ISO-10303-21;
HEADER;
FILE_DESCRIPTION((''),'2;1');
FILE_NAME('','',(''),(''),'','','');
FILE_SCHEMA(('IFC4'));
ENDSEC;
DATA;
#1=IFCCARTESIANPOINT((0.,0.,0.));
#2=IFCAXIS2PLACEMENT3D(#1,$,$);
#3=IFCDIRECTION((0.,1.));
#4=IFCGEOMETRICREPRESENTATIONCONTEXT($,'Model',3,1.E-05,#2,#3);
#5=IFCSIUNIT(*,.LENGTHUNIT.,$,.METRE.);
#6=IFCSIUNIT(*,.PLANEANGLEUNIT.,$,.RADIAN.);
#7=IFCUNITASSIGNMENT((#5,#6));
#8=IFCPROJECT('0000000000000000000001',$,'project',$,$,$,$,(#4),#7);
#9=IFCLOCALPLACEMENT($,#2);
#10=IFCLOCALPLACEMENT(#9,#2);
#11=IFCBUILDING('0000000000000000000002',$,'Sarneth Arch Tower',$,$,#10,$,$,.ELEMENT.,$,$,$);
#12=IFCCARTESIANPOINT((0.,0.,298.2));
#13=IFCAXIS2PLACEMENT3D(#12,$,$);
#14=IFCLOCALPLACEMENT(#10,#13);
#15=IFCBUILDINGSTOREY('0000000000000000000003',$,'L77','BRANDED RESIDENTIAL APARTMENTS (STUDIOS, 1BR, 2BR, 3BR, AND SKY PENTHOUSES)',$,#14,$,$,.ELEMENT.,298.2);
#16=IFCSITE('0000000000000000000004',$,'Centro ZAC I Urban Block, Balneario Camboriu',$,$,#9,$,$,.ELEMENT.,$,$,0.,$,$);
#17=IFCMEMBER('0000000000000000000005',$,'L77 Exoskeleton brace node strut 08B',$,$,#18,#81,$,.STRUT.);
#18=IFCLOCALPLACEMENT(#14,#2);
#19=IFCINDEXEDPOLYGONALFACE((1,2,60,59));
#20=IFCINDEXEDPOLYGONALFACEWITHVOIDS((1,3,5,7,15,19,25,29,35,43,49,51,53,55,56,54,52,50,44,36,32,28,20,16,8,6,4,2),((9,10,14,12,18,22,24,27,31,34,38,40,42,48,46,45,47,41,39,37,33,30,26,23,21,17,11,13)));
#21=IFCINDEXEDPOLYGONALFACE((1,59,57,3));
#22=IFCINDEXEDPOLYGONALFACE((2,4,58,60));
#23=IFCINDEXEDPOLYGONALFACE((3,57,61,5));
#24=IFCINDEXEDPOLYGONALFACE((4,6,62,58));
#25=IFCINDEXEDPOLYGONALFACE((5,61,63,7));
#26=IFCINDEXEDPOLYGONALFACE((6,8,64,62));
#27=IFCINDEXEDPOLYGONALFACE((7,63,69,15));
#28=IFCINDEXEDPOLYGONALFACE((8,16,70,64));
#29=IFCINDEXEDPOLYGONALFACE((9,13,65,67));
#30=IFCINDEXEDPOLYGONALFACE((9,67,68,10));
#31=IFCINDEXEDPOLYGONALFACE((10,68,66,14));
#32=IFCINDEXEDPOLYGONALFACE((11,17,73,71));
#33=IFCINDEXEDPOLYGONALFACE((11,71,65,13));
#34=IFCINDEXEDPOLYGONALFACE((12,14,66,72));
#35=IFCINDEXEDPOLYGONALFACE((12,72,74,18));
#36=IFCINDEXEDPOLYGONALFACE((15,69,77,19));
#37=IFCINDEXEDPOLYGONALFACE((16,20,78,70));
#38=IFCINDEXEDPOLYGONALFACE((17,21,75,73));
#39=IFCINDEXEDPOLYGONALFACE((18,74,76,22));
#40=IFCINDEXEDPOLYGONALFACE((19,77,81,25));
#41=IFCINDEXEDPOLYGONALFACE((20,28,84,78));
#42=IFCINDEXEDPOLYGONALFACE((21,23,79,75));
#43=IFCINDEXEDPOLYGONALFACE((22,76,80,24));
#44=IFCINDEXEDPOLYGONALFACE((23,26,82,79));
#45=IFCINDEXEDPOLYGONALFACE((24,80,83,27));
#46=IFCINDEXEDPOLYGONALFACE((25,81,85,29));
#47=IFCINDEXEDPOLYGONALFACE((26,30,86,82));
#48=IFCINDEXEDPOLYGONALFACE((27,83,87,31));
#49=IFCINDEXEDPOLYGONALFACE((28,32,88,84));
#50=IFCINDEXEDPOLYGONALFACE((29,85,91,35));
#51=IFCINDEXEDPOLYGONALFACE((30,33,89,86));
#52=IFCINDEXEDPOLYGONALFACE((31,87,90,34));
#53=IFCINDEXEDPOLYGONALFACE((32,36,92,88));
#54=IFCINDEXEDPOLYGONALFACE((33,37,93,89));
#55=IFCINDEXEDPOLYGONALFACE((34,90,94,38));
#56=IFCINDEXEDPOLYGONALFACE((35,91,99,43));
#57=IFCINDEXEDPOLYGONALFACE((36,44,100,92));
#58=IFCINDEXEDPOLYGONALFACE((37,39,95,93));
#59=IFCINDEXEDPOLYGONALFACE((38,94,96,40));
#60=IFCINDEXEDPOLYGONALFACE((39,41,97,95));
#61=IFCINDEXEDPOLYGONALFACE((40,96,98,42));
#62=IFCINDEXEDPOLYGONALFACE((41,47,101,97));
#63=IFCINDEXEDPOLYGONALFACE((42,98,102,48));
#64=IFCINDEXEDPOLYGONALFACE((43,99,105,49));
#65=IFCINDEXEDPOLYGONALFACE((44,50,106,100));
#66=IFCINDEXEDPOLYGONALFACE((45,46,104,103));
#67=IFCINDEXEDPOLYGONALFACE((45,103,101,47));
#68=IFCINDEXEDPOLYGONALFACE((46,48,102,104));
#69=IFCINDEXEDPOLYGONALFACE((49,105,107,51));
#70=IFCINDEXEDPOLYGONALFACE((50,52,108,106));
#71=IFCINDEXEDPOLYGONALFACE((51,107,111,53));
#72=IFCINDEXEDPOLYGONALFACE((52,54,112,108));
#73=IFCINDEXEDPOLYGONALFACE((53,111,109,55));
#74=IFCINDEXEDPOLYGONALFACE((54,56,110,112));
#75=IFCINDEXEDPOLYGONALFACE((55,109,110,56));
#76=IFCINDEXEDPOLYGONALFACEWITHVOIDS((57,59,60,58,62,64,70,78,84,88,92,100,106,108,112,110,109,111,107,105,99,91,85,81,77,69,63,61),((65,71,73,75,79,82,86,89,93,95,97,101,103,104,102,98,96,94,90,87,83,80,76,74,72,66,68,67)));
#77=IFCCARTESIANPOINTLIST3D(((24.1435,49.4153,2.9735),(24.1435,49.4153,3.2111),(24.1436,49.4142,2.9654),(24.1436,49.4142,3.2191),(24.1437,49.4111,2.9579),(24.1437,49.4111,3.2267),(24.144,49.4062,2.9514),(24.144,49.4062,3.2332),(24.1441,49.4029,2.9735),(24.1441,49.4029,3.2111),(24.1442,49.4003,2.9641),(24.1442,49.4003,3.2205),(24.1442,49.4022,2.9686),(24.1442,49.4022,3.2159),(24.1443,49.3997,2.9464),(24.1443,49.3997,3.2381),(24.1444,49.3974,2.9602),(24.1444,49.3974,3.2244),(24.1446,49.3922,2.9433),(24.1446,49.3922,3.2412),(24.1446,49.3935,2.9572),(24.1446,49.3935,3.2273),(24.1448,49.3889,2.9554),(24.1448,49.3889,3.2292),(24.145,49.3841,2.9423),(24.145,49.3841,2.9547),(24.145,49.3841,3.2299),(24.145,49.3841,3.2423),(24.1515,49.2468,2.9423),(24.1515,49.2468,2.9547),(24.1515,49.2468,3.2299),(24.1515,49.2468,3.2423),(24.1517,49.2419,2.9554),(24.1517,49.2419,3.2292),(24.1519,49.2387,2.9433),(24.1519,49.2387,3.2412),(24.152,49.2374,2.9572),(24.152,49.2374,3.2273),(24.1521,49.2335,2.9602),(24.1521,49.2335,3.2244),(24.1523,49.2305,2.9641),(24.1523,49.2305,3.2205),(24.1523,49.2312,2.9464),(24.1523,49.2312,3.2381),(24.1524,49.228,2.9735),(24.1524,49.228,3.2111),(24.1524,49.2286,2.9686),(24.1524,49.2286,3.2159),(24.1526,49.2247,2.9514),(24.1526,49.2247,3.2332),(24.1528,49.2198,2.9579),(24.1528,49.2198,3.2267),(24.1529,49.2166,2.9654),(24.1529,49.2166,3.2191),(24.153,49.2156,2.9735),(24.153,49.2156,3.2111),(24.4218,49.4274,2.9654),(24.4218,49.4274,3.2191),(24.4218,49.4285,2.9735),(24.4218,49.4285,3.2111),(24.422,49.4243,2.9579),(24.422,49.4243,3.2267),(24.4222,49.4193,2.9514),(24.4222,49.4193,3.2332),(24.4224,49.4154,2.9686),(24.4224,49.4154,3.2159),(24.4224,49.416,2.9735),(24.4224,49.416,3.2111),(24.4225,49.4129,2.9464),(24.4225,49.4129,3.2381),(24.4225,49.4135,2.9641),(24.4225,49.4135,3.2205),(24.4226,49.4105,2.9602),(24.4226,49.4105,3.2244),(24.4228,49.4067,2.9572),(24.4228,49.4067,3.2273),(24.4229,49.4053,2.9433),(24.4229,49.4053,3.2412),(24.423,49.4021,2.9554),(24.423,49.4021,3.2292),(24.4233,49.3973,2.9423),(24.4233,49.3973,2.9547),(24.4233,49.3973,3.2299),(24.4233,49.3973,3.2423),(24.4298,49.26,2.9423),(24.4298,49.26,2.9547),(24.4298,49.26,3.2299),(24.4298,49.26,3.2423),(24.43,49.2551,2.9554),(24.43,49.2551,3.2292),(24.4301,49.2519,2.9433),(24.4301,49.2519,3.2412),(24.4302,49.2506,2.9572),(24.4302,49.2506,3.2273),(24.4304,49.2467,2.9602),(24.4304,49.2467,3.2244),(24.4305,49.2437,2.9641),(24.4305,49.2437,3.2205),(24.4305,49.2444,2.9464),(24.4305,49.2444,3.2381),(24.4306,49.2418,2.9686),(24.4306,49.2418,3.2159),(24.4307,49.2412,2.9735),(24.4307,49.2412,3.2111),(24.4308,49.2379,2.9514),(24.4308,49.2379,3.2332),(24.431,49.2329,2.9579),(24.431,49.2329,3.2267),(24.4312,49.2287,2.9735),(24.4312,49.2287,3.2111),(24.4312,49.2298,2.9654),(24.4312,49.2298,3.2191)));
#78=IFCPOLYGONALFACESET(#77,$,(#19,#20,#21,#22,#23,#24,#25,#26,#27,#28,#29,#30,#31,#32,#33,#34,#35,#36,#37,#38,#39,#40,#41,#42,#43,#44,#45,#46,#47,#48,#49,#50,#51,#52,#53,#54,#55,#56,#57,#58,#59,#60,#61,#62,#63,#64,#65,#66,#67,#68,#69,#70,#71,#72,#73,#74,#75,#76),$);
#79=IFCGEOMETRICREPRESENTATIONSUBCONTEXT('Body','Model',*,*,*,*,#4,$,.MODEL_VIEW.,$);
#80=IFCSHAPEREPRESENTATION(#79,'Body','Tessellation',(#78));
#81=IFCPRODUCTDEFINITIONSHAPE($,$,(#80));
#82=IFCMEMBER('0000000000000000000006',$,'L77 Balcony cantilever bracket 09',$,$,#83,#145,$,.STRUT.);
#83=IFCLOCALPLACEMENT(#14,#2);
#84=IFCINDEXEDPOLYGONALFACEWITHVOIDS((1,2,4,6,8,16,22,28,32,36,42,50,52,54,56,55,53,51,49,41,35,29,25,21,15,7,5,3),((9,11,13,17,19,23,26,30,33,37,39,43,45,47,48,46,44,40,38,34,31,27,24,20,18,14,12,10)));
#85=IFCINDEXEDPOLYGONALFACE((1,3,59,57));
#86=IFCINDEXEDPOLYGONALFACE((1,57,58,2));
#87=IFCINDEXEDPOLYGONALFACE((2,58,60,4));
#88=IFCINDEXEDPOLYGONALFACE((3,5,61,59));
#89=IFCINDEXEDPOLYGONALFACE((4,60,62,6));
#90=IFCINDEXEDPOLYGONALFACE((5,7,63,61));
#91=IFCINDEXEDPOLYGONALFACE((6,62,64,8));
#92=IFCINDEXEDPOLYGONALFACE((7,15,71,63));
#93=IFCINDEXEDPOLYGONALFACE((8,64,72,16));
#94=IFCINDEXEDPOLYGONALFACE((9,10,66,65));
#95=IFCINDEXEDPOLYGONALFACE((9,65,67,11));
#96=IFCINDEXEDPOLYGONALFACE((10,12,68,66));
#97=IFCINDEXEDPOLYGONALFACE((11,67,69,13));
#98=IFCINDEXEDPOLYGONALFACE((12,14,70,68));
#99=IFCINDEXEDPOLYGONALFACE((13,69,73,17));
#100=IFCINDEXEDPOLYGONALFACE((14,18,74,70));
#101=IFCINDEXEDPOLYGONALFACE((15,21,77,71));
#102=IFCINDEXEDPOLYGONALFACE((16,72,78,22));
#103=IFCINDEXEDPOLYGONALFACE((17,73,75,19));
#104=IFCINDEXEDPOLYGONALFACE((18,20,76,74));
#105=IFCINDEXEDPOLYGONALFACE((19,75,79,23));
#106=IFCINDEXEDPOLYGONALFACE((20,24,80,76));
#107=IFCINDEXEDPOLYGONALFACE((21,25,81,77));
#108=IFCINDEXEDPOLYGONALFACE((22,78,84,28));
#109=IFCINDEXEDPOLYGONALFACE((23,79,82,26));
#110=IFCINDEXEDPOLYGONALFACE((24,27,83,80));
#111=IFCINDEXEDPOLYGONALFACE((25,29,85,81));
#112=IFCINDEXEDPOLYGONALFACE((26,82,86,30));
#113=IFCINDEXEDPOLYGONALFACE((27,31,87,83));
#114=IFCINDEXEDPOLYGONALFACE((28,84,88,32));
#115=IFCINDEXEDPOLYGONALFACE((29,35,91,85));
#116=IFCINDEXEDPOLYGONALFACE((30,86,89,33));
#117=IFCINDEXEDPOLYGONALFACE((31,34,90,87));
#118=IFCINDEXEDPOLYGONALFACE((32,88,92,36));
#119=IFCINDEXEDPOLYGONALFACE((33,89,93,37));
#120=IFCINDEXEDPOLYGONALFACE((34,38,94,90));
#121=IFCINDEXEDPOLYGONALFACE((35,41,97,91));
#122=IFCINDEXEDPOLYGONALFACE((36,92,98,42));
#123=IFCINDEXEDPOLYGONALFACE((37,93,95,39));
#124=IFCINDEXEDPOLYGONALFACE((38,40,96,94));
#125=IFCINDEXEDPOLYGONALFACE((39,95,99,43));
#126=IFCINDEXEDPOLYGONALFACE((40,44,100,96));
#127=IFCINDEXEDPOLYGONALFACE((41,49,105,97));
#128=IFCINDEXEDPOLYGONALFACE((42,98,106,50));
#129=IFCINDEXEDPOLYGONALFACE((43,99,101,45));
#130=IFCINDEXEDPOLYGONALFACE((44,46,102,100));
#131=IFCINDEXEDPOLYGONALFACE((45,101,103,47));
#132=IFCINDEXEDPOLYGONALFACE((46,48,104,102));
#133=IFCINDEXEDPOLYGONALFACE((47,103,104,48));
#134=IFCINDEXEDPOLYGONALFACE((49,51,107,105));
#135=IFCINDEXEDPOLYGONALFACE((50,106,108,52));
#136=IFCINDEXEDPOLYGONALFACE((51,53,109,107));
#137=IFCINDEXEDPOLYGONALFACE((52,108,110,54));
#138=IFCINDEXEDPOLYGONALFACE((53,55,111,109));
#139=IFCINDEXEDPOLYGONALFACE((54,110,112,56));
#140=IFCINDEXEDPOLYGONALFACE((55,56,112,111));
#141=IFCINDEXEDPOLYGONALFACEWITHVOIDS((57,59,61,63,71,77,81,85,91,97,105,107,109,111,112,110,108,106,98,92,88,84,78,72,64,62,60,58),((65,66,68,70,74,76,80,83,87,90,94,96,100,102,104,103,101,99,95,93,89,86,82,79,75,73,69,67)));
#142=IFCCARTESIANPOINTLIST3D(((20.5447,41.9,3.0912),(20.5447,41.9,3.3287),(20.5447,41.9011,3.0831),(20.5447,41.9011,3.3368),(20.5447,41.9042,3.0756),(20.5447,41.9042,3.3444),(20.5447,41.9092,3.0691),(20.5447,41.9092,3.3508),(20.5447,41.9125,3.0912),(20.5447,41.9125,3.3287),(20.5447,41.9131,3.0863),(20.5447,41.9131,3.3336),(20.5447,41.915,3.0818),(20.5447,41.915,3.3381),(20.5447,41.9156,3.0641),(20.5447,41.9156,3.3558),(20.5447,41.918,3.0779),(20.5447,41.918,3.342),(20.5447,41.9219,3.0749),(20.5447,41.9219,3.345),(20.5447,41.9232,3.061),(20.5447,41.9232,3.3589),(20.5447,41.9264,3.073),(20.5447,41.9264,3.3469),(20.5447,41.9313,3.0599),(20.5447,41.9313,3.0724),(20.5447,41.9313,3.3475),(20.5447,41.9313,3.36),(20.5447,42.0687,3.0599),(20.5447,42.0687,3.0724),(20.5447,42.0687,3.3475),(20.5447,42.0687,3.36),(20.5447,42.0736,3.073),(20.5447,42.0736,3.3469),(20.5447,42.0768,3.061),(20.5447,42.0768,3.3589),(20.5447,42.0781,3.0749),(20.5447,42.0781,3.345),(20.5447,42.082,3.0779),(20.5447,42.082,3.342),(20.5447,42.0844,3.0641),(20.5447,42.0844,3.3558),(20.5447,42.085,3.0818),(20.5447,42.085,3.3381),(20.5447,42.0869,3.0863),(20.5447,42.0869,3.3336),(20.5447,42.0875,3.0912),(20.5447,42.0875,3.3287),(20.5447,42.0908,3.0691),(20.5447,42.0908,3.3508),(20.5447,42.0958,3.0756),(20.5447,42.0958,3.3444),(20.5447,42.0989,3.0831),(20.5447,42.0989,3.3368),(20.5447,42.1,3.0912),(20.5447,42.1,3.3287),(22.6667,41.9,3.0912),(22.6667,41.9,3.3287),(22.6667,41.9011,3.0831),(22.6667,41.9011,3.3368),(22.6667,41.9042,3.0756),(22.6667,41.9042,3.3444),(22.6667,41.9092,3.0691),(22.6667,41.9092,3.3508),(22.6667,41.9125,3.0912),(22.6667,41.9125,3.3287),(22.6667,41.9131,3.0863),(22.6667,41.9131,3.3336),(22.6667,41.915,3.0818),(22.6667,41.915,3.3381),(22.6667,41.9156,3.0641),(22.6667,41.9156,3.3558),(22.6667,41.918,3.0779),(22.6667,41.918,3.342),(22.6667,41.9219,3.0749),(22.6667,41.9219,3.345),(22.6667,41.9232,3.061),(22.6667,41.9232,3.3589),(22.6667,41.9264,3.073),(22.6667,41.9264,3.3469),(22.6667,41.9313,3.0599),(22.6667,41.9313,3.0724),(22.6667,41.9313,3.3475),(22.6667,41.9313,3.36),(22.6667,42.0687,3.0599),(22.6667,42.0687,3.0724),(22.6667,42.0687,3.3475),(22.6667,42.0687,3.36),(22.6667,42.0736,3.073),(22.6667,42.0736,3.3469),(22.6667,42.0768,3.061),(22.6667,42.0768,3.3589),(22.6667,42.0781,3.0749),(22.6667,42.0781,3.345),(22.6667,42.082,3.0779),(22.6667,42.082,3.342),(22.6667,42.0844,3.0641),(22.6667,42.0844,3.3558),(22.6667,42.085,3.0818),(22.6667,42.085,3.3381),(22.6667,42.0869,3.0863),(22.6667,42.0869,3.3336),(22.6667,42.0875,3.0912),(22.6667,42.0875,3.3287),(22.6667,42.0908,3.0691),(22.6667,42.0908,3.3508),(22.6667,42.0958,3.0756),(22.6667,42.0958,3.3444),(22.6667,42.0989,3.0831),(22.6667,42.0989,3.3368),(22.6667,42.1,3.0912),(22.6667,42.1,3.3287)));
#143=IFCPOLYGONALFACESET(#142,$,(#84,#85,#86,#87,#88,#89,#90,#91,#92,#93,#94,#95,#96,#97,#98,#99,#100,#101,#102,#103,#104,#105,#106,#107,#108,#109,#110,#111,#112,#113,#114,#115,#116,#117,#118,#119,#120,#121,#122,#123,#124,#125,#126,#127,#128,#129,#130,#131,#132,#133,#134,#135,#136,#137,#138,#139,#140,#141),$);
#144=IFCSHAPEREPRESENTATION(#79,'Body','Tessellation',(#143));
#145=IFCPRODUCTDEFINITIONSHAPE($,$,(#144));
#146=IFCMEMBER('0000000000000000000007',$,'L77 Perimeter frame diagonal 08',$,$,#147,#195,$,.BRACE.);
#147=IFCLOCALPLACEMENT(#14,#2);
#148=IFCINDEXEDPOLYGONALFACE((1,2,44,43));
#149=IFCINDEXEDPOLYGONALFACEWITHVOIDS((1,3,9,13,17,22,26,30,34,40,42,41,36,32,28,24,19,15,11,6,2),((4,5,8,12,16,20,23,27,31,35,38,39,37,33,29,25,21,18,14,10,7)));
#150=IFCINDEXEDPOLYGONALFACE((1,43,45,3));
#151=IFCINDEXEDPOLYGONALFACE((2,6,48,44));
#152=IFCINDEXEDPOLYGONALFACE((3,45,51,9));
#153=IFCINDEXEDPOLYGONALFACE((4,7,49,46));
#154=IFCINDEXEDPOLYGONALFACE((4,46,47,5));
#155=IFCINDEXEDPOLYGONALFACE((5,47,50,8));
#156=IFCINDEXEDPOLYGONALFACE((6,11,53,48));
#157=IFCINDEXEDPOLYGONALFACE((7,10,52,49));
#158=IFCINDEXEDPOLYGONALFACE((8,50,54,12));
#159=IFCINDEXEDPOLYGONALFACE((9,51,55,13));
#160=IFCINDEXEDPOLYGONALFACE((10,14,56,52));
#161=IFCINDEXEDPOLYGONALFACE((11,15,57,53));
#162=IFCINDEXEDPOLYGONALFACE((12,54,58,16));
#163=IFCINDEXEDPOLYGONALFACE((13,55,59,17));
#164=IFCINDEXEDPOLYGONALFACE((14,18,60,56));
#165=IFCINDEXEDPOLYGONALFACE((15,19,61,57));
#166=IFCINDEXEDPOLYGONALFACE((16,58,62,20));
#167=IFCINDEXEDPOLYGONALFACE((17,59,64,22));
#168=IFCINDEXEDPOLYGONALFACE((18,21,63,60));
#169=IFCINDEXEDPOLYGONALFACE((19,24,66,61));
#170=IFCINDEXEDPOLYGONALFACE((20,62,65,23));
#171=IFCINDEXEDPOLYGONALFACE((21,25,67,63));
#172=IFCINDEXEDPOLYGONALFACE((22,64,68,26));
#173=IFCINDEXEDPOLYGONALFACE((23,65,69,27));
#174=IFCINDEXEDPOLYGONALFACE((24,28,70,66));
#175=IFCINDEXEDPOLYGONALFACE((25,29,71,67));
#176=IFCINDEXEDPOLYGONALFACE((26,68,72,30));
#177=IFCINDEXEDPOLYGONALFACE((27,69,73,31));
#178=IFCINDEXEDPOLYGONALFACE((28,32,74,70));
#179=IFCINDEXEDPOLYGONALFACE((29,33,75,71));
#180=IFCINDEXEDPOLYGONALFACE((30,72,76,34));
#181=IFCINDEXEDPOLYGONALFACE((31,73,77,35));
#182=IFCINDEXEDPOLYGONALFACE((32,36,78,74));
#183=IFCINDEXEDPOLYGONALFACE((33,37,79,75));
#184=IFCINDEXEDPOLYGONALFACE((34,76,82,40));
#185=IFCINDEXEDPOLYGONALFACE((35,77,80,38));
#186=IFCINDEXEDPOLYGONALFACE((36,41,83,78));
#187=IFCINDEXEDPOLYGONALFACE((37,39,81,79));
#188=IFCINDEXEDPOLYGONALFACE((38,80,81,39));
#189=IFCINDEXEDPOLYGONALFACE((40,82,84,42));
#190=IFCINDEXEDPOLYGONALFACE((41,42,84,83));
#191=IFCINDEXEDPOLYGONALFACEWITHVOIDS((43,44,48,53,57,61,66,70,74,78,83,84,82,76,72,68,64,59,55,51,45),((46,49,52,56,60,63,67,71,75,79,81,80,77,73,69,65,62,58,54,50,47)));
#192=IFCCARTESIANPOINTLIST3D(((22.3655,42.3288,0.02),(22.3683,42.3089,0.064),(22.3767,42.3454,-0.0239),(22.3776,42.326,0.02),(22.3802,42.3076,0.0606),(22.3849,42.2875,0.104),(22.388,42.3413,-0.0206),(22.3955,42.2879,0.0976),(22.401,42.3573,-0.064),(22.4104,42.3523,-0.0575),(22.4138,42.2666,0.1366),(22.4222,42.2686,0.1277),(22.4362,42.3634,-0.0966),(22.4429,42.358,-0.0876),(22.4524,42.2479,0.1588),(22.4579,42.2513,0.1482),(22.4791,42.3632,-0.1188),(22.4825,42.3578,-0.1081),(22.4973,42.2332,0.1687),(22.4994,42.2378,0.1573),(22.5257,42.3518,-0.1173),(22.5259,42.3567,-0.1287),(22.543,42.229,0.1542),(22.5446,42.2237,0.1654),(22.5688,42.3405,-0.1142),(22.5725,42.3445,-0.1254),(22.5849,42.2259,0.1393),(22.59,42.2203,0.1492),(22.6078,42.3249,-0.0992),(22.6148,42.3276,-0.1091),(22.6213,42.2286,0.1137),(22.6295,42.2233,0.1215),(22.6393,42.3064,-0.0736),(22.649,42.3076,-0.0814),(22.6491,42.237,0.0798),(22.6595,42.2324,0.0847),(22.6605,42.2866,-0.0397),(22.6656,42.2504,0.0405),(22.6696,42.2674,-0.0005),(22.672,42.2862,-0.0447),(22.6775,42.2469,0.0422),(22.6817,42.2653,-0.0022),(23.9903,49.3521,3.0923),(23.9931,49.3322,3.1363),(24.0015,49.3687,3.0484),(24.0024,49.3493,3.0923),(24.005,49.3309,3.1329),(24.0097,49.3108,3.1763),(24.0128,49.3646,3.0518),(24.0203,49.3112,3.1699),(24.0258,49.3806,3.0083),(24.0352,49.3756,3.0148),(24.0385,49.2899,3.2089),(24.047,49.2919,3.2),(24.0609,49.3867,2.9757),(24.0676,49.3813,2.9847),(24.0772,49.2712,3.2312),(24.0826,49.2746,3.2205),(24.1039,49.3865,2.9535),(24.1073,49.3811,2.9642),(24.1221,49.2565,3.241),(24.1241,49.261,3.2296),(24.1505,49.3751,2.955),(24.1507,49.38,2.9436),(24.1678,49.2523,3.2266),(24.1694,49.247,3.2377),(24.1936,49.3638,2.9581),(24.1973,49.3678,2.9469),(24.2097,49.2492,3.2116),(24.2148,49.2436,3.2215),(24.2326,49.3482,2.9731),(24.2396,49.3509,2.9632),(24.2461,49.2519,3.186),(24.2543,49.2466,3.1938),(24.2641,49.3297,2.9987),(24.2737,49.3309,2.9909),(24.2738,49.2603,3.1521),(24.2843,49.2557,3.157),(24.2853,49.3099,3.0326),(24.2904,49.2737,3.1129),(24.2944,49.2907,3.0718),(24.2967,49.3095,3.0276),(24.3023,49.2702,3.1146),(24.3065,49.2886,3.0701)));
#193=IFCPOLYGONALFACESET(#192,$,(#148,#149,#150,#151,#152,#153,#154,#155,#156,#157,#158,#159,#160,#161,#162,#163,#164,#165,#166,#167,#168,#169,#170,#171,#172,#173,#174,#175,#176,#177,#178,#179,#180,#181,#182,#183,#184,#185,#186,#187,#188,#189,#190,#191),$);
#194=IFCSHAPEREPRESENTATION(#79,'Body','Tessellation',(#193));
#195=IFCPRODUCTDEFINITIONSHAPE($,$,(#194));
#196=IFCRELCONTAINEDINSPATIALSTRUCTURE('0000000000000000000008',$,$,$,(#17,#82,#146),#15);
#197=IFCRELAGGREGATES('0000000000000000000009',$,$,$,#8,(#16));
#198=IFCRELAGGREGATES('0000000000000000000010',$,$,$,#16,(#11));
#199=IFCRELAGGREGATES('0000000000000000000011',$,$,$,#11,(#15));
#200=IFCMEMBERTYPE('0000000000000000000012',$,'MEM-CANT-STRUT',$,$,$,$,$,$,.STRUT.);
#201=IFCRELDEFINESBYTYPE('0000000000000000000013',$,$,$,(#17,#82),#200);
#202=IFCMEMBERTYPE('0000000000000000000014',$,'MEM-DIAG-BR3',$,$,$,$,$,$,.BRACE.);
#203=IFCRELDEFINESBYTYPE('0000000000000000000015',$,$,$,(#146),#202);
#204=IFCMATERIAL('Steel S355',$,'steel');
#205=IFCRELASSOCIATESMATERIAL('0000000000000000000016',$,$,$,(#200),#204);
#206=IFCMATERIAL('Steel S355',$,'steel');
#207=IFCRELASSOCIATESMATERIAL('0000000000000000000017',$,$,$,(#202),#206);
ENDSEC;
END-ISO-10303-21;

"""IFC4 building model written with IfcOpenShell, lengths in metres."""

from ifc_helpers import new_model, si_unit, direction, frame, origin, origin_2d, place, context, subcontext, project, spatial, hollow_rectangle, hollow_circle, extrude, material, material_profile, profile_set, type_object, element, save


model = new_model("IFC4")

# Units and contexts
model_context = context("Model", 3, precision=1e-05, world=origin(), true_north=direction((0.0, 1.0)))
body_context = subcontext(model_context, "Body", "Model", "MODEL_VIEW")
ifc_project = project(units=[si_unit("LENGTHUNIT", "METRE"), si_unit("PLANEANGLEUNIT", "RADIAN")], contexts=[model_context])

# Site, building, storey
site_placement = place(None, origin())
site = spatial("IfcSite", under=ifc_project, at=site_placement, Name="Centro ZAC I Urban Block, Balneario Camboriu", CompositionType="ELEMENT", RefElevation=0.0)
building_placement = place(site_placement, origin())
building = spatial("IfcBuilding", under=site, at=building_placement, Name="Sarneth Arch Tower", CompositionType="ELEMENT")
storey_placement = place(building_placement, frame((0.0, 0.0, 298.2)))
storey = spatial("IfcBuildingStorey", under=building, at=storey_placement, Name="L77", Description="BRANDED RESIDENTIAL APARTMENTS (STUDIOS, 1BR, 2BR, 3BR, AND SKY PENTHOUSES)", CompositionType="ELEMENT", Elevation=298.2)

# Members
ifc_material_1 = material(Name="Steel S355", Category="steel")
ifc_material_profile_1 = material_profile(ifc_material_1, hollow_rectangle(XDim=0.2, YDim=0.3, WallThickness=0.0125, InnerFilletRadius=0.0188, OuterFilletRadius=0.0312, at=origin_2d()), Name="RHS300x200x12.5")
ifc_profile_set_1 = profile_set([ifc_material_profile_1], Name="Steel S355")
member_type_1 = type_object("IfcMemberType", Name="MEM-CANT-STRUT", PredefinedType="STRUT", material=ifc_profile_set_1)
member_1_placement = place(storey_placement, frame((24.4265, 49.3286, 3.0923), z_axis=(-0.99888, -0.047315, 0.0), x_axis=(0.047315, -0.99888, 0.0)))
element("IfcMember", 1, at=member_1_placement, inside=storey, type_object=member_type_1, Name="L77 Exoskeleton brace node strut 08B", PredefinedType="STRUT", context=body_context, shape_type="SweptSolid", body=[
    extrude(hollow_rectangle(XDim=0.2, YDim=0.3, WallThickness=0.0125, InnerFilletRadius=0.0188, OuterFilletRadius=0.0312, at=origin_2d()), origin(), (0.0, 0.0, 1.0), 0.2786),
])
member_2_placement = place(storey_placement, frame((22.6667, 42.0, 3.21), z_axis=(-1.0, 0.0, 0.0), x_axis=(0.0, -1.0, 0.0)))
element("IfcMember", 2, at=member_2_placement, inside=storey, type_object=member_type_1, Name="L77 Balcony cantilever bracket 09", PredefinedType="STRUT", context=body_context, shape_type="SweptSolid", body=[
    extrude(hollow_rectangle(XDim=0.2, YDim=0.3, WallThickness=0.0125, InnerFilletRadius=0.0188, OuterFilletRadius=0.0312, at=origin_2d()), origin(), (0.0, 0.0, 1.0), 2.1221),
])
ifc_material_2 = material(Name="Steel S355", Category="steel")
ifc_material_profile_2 = material_profile(ifc_material_2, hollow_circle(Radius=0.1621, WallThickness=0.0125, at=origin_2d()), Name="CHS324x12.5")
ifc_profile_set_2 = profile_set([ifc_material_profile_2], Name="Steel S355")
member_type_2 = type_object("IfcMemberType", Name="MEM-DIAG-BR3", PredefinedType="BRACE", material=ifc_profile_set_2)
member_3_placement = place(storey_placement, frame((22.5234, 42.2922, 0.02), z_axis=(0.207343, 0.896265, 0.392067), x_axis=(-0.974269, 0.225389, 0.0)))
element("IfcMember", 3, at=member_3_placement, inside=storey, type_object=member_type_2, Name="L77 Perimeter frame diagonal 08", PredefinedType="BRACE", context=body_context, shape_type="SweptSolid", body=[
    extrude(hollow_circle(Radius=0.1621, WallThickness=0.0125, at=origin_2d()), origin(), (0.0, 0.0, 1.0), 7.8362),
])

save(model, "model.ifc")
